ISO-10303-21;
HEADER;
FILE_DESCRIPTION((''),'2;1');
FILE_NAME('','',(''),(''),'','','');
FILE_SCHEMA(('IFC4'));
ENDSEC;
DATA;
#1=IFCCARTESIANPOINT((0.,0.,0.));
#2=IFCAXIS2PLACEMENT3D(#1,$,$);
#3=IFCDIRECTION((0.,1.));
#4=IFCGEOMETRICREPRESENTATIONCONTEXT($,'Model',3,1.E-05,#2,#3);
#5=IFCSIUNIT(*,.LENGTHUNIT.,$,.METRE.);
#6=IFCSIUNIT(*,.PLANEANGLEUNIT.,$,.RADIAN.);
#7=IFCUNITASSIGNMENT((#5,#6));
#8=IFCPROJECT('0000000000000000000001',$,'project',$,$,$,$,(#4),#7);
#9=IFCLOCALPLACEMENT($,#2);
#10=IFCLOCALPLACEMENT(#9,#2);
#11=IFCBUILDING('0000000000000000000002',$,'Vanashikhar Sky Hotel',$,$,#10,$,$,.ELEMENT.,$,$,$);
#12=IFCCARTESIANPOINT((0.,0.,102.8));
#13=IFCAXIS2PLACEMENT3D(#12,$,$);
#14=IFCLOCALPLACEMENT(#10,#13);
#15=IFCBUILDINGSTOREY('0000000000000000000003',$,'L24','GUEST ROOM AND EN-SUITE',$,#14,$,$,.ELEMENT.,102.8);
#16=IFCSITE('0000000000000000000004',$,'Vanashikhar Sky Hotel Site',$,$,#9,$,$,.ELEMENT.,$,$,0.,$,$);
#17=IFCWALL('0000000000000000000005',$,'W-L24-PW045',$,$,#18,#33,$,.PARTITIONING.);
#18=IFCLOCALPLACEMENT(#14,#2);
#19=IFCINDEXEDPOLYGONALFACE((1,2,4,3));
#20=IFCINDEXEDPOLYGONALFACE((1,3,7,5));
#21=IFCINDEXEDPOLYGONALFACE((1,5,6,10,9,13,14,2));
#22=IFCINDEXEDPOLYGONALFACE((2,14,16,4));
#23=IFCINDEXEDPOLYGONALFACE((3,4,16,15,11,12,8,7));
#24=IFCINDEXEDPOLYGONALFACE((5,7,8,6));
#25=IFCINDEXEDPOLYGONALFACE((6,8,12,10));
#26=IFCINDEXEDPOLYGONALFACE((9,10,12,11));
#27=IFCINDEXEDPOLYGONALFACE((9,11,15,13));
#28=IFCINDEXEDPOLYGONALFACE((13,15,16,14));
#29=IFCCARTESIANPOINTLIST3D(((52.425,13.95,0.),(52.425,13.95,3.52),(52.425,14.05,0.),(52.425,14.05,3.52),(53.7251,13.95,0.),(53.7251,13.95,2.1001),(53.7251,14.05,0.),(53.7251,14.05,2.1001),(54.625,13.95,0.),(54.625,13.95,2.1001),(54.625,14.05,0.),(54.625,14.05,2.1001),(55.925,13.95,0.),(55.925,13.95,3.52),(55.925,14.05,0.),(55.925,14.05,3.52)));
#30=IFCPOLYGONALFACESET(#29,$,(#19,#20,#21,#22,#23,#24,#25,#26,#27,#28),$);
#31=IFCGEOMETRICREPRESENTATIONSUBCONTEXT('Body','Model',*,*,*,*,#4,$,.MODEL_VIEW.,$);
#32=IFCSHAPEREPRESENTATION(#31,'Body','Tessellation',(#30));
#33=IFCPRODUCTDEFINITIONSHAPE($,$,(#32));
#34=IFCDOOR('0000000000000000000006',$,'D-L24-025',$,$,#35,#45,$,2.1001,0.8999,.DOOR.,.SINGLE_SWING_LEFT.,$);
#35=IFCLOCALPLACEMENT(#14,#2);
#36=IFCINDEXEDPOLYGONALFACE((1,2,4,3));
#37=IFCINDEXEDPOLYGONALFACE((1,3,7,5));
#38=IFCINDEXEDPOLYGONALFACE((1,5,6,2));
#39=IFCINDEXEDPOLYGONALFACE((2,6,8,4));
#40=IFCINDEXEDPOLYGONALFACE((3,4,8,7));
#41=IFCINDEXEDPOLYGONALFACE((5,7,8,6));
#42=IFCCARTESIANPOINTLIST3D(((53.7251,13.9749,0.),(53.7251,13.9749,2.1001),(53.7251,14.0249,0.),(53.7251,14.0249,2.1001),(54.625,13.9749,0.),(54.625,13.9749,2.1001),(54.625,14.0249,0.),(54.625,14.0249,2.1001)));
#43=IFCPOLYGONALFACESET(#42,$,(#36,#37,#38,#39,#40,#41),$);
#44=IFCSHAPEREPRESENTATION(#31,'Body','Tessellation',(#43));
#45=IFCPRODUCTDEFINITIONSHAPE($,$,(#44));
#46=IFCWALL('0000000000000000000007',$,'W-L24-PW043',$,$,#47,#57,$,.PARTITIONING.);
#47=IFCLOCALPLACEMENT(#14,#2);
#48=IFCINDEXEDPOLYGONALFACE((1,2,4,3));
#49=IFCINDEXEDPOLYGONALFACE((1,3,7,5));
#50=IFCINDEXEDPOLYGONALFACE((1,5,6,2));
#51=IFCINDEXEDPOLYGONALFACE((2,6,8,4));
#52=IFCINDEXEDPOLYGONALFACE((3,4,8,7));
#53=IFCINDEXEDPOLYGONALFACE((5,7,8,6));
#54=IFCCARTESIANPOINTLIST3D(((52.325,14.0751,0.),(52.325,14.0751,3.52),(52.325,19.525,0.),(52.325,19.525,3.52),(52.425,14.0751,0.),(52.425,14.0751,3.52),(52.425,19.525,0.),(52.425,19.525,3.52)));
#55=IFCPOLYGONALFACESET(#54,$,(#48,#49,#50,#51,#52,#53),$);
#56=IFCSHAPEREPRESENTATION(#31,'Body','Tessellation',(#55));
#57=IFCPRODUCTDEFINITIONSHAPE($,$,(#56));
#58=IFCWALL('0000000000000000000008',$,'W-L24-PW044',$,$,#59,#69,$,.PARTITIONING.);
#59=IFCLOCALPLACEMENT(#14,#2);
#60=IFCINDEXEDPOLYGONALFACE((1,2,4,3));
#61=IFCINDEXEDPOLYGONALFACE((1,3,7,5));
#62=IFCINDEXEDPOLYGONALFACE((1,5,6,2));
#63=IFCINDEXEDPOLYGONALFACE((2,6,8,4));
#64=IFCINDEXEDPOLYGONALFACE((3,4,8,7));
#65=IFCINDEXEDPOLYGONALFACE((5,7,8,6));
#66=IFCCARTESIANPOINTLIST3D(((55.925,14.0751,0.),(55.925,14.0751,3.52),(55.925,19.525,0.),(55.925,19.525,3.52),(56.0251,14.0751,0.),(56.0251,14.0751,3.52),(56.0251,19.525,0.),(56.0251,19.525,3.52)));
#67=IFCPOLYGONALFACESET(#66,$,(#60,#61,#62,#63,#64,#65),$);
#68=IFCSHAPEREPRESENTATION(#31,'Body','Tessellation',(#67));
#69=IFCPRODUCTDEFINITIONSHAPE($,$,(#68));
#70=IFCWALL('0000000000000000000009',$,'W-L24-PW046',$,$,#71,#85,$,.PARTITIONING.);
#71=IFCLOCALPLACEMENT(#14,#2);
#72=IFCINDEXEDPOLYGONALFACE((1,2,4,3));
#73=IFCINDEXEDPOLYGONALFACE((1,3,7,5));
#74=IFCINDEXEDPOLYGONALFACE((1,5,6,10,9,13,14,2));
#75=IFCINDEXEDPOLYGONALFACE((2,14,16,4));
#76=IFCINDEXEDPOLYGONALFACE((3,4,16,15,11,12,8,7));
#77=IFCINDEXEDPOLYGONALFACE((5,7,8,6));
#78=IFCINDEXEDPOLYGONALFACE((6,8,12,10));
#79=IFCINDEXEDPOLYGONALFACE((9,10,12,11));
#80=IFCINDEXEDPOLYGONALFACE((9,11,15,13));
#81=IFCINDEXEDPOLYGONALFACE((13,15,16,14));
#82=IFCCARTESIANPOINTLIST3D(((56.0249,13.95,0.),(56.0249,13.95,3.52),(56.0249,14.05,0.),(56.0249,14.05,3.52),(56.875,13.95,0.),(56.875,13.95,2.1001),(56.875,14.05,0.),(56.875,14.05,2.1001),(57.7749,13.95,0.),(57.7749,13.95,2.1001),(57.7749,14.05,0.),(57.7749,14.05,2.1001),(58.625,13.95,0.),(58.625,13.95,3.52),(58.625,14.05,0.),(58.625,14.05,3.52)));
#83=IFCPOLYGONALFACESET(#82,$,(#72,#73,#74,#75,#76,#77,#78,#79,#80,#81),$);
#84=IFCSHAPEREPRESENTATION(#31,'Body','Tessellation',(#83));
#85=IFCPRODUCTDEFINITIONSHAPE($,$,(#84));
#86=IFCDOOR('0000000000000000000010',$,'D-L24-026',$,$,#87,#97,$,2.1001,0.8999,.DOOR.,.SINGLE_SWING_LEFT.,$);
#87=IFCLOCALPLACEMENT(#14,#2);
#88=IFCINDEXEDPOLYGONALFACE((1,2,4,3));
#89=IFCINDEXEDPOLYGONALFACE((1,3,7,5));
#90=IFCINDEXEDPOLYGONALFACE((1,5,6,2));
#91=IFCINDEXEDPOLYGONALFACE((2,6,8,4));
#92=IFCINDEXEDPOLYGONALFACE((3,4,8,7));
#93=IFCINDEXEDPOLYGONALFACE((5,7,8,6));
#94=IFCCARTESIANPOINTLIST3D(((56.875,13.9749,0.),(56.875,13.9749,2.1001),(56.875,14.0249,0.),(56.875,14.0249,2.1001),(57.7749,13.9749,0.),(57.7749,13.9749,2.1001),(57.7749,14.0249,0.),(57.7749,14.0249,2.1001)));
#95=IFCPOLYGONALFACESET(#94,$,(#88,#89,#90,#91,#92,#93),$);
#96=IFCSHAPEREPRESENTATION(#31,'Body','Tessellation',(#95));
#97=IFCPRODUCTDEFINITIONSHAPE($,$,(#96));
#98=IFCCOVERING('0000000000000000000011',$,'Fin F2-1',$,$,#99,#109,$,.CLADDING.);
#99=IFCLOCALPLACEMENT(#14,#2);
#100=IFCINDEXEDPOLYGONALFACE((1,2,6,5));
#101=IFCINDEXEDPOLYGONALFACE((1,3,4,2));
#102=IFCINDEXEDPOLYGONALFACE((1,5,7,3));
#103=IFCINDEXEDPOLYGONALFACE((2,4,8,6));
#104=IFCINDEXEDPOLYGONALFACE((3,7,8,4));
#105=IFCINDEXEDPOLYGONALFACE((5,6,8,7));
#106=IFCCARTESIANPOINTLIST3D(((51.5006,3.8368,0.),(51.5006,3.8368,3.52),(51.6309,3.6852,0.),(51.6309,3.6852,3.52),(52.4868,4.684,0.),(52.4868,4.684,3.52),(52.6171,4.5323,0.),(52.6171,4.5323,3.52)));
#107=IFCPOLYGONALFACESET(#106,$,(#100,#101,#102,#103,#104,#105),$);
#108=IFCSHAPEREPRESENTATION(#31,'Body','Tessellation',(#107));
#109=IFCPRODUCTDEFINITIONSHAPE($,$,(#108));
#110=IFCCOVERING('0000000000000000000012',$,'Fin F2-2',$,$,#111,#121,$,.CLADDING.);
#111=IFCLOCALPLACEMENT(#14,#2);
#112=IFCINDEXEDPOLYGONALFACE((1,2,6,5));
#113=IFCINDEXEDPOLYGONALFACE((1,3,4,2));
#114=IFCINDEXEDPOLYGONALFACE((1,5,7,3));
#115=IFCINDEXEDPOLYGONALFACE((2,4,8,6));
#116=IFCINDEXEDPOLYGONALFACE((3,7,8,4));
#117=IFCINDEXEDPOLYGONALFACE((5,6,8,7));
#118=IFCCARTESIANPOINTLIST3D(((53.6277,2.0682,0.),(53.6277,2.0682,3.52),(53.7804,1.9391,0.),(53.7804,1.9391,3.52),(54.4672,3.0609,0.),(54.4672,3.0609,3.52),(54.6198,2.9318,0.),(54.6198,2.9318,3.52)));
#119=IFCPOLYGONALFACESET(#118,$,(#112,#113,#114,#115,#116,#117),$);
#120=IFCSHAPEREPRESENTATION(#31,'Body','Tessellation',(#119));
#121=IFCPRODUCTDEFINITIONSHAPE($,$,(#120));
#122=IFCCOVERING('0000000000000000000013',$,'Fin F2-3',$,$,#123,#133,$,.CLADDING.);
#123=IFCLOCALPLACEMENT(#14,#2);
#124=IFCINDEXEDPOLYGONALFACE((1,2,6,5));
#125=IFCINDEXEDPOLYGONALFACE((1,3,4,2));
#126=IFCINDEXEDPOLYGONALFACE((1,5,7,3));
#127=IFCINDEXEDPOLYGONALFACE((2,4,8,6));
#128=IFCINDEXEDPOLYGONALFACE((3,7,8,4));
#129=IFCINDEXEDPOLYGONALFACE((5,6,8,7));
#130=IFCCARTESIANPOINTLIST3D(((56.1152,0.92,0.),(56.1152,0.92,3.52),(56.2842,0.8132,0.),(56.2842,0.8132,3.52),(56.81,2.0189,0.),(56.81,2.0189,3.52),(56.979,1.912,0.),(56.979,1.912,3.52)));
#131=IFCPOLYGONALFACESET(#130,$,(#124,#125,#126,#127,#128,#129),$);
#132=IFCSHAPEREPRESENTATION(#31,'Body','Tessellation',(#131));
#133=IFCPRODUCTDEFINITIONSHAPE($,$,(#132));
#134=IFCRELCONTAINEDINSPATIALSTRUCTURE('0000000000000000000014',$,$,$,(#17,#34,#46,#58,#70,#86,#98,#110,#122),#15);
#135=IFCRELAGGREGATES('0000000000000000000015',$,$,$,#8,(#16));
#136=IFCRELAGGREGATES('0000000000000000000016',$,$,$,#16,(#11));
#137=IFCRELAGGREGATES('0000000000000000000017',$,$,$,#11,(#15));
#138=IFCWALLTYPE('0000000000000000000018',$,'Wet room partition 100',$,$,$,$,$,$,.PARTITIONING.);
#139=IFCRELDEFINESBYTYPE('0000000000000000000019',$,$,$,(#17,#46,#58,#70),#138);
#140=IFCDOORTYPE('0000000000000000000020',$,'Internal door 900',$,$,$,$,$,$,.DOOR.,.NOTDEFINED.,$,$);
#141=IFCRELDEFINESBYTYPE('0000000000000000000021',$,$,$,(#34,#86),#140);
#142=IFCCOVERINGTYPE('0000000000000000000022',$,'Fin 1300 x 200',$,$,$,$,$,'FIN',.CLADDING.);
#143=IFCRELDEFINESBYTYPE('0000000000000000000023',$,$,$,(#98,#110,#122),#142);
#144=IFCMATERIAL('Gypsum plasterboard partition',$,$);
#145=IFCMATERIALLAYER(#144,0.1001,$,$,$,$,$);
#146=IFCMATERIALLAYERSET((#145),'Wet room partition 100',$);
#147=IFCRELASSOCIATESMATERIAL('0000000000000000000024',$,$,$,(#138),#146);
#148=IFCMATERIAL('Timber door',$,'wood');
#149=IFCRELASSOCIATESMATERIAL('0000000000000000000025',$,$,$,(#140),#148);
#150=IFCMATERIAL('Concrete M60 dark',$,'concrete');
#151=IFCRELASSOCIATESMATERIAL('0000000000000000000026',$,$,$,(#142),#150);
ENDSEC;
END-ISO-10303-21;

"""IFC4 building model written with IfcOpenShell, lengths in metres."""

from ifc_helpers import new_model, si_unit, direction, frame, frame_2d, origin, origin_2d, place, context, subcontext, project, spatial, rectangle, extrude, source, transform, mapped, material, layer, layer_set, material_profile, profile_set, type_object, element, fill, save


model = new_model("IFC4")

# Units and contexts
model_context = context("Model", 3, precision=1e-05, world=origin(), true_north=direction((0.0, 1.0)))
body_context = subcontext(model_context, "Body", "Model", "MODEL_VIEW")
ifc_project = project(units=[si_unit("LENGTHUNIT", "METRE"), si_unit("PLANEANGLEUNIT", "RADIAN")], contexts=[model_context])

# Site, building, storey
site_placement = place(None, origin())
site = spatial("IfcSite", under=ifc_project, at=site_placement, Name="Vanashikhar Sky Hotel Site", CompositionType="ELEMENT", RefElevation=0.0)
building_placement = place(site_placement, origin())
building = spatial("IfcBuilding", under=site, at=building_placement, Name="Vanashikhar Sky Hotel", CompositionType="ELEMENT")
storey_placement = place(building_placement, frame((0.0, 0.0, 102.8)))
storey = spatial("IfcBuildingStorey", under=building, at=storey_placement, Name="L24", Description="GUEST ROOM AND EN-SUITE", CompositionType="ELEMENT", Elevation=102.8)

# Shared definitions
ifc_material_1 = material(Name="Gypsum plasterboard partition")

# Wall, opening, door
ifc_layer_1 = layer(ifc_material_1, 0.1001)
ifc_layer_set_1 = layer_set([ifc_layer_1], Name="Wet room partition 100")
wall_type_1 = type_object("IfcWallType", Name="Wet room partition 100", PredefinedType="PARTITIONING", material=ifc_layer_set_1)
shared_shape_1 = source(origin(), body_context, "Body", "SweptSolid", [
    extrude(rectangle(XDim=3.5, YDim=0.1001, at=frame_2d((1.75, 0.0))), origin(), (0.0, 0.0, 1.0), 3.52),
])
wall_1_placement = place(storey_placement, frame((52.425, 14.0, 0.0), z_axis=(0.0, 0.0, 1.0), x_axis=(1.0, 0.0, 0.0)))
wall_1 = element("IfcWall", 1, at=wall_1_placement, inside=storey, type_object=wall_type_1, Name="W-L24-PW045", PredefinedType="PARTITIONING", context=body_context, shape_type="MappedRepresentation", body=[
    mapped(shared_shape_1, transform((0.0, 0.0, 0.0), scale=1.0)),
])
shared_shape_2 = source(origin(), body_context, "Body", "SweptSolid", [
    extrude(rectangle(XDim=0.8999, YDim=2.1001, at=frame_2d((0.45, 1.05))), frame((0.0, 0.0601, 0.0), z_axis=(0.0, -1.0, 0.0), x_axis=(1.0, 0.0, 0.0)), (0.0, 0.0, 1.0), 0.1201),
])
opening_1_placement = place(wall_1_placement, frame((1.3, 0.0, 0.0)))
opening_1 = element("IfcOpeningElement", 2, at=opening_1_placement, cuts=wall_1, PredefinedType="OPENING", context=body_context, shape_type="MappedRepresentation", body=[
    mapped(shared_shape_2, transform((0.0, 0.0, 0.0), scale=1.0)),
])
ifc_material_2 = material(Name="Timber door", Category="wood")
door_type = type_object("IfcDoorType", Name="Internal door 900", OperationType="NOTDEFINED", PredefinedType="DOOR", material=ifc_material_2)
shared_shape_3 = source(origin(), body_context, "Body", "SweptSolid", [
    extrude(rectangle(XDim=0.8999, YDim=2.1001, at=frame_2d((0.45, 1.05))), frame((0.0, 0.0249, 0.0), z_axis=(0.0, -1.0, 0.0), x_axis=(1.0, 0.0, 0.0)), (0.0, 0.0, 1.0), 0.05),
])
door_1_placement = place(opening_1_placement, origin())
door_1 = element("IfcDoor", 3, at=door_1_placement, inside=storey, type_object=door_type, Name="D-L24-025", OperationType="SINGLE_SWING_LEFT", OverallHeight=2.1001, OverallWidth=0.8999, PredefinedType="DOOR", context=body_context, shape_type="MappedRepresentation", body=[
    mapped(shared_shape_3, transform((0.0, 0.0, 0.0), scale=1.0)),
])
fill(opening_1, door_1)

# Walls
shared_shape_4 = source(origin(), body_context, "Body", "SweptSolid", [
    extrude(rectangle(XDim=5.45, YDim=0.1001, at=frame_2d((2.7251, 0.0))), origin(), (0.0, 0.0, 1.0), 3.52),
])
for number, where, z_axis, x_axis, name in (
    (4, (52.375, 14.075, 0.0), (0.0, 0.0, 1.0), (0.0, 1.0, 0.0), "W-L24-PW043"),
    (5, (55.9751, 14.075, 0.0), (0.0, 0.0, 1.0), (0.0, 1.0, 0.0), "W-L24-PW044"),
):
    element("IfcWall", number, at=place(storey_placement, frame(where, z_axis=z_axis, x_axis=x_axis)), inside=storey, type_object=wall_type_1, Name=name, PredefinedType="PARTITIONING", context=body_context, shape_type="MappedRepresentation", body=[
        mapped(shared_shape_4, transform((0.0, 0.0, 0.0), scale=1.0)),
    ])

# Wall, opening, door
shared_shape_5 = source(origin(), body_context, "Body", "SweptSolid", [
    extrude(rectangle(XDim=2.6001, YDim=0.1001, at=frame_2d((1.3, 0.0))), origin(), (0.0, 0.0, 1.0), 3.52),
])
wall_2_placement = place(storey_placement, frame((56.0249, 14.0, 0.0), z_axis=(0.0, 0.0, 1.0), x_axis=(1.0, 0.0, 0.0)))
wall_2 = element("IfcWall", 6, at=wall_2_placement, inside=storey, type_object=wall_type_1, Name="W-L24-PW046", PredefinedType="PARTITIONING", context=body_context, shape_type="MappedRepresentation", body=[
    mapped(shared_shape_5, transform((0.0, 0.0, 0.0), scale=1.0)),
])
opening_2_placement = place(wall_2_placement, frame((0.8501, 0.0, 0.0)))
opening_2 = element("IfcOpeningElement", 7, at=opening_2_placement, cuts=wall_2, PredefinedType="OPENING", context=body_context, shape_type="MappedRepresentation", body=[
    mapped(shared_shape_2, transform((0.0, 0.0, 0.0), scale=1.0)),
])
door_2_placement = place(opening_2_placement, origin())
door_2 = element("IfcDoor", 8, at=door_2_placement, inside=storey, type_object=door_type, Name="D-L24-026", OperationType="SINGLE_SWING_LEFT", OverallHeight=2.1001, OverallWidth=0.8999, PredefinedType="DOOR", context=body_context, shape_type="MappedRepresentation", body=[
    mapped(shared_shape_3, transform((0.0, 0.0, 0.0), scale=1.0)),
])
fill(opening_2, door_2)

# Coverings
ifc_material_3 = material(Name="Concrete M60 dark", Category="concrete")
ifc_material_profile = material_profile(ifc_material_3, rectangle(XDim=1.3, YDim=0.2, at=origin_2d()))
ifc_profile_set = profile_set([ifc_material_profile], Name="Fin 1300 x 200")
covering_type = type_object("IfcCoveringType", Name="Fin 1300 x 200", ElementType="FIN", PredefinedType="CLADDING", material=ifc_profile_set)
shared_shape_6 = source(origin(), body_context, "Body", "SweptSolid", [
    extrude(rectangle(XDim=1.3, YDim=0.2, at=origin_2d()), origin(), (0.0, 0.0, 1.0), 3.52),
])
for number, where, z_axis, x_axis, name in (
    (9, (52.0588, 4.1846, 0.0), (0.0, 0.0, 1.0), (-0.758544, -0.651622, 0.0), "Fin F2-1"),
    (10, (54.1238, 2.5, 0.0), (0.0, 0.0, 1.0), (-0.645698, -0.763593, 0.0), "Fin F2-2"),
    (11, (56.5471, 1.416, 0.0), (0.0, 0.0, 1.0), (-0.534411, -0.845225, 0.0), "Fin F2-3"),
):
    element("IfcCovering", number, at=place(storey_placement, frame(where, z_axis=z_axis, x_axis=x_axis)), inside=storey, type_object=covering_type, Name=name, PredefinedType="CLADDING", context=body_context, shape_type="MappedRepresentation", body=[
        mapped(shared_shape_6, transform((0.0, 0.0, 0.0), scale=1.0)),
    ])

save(model, "model.ifc")
